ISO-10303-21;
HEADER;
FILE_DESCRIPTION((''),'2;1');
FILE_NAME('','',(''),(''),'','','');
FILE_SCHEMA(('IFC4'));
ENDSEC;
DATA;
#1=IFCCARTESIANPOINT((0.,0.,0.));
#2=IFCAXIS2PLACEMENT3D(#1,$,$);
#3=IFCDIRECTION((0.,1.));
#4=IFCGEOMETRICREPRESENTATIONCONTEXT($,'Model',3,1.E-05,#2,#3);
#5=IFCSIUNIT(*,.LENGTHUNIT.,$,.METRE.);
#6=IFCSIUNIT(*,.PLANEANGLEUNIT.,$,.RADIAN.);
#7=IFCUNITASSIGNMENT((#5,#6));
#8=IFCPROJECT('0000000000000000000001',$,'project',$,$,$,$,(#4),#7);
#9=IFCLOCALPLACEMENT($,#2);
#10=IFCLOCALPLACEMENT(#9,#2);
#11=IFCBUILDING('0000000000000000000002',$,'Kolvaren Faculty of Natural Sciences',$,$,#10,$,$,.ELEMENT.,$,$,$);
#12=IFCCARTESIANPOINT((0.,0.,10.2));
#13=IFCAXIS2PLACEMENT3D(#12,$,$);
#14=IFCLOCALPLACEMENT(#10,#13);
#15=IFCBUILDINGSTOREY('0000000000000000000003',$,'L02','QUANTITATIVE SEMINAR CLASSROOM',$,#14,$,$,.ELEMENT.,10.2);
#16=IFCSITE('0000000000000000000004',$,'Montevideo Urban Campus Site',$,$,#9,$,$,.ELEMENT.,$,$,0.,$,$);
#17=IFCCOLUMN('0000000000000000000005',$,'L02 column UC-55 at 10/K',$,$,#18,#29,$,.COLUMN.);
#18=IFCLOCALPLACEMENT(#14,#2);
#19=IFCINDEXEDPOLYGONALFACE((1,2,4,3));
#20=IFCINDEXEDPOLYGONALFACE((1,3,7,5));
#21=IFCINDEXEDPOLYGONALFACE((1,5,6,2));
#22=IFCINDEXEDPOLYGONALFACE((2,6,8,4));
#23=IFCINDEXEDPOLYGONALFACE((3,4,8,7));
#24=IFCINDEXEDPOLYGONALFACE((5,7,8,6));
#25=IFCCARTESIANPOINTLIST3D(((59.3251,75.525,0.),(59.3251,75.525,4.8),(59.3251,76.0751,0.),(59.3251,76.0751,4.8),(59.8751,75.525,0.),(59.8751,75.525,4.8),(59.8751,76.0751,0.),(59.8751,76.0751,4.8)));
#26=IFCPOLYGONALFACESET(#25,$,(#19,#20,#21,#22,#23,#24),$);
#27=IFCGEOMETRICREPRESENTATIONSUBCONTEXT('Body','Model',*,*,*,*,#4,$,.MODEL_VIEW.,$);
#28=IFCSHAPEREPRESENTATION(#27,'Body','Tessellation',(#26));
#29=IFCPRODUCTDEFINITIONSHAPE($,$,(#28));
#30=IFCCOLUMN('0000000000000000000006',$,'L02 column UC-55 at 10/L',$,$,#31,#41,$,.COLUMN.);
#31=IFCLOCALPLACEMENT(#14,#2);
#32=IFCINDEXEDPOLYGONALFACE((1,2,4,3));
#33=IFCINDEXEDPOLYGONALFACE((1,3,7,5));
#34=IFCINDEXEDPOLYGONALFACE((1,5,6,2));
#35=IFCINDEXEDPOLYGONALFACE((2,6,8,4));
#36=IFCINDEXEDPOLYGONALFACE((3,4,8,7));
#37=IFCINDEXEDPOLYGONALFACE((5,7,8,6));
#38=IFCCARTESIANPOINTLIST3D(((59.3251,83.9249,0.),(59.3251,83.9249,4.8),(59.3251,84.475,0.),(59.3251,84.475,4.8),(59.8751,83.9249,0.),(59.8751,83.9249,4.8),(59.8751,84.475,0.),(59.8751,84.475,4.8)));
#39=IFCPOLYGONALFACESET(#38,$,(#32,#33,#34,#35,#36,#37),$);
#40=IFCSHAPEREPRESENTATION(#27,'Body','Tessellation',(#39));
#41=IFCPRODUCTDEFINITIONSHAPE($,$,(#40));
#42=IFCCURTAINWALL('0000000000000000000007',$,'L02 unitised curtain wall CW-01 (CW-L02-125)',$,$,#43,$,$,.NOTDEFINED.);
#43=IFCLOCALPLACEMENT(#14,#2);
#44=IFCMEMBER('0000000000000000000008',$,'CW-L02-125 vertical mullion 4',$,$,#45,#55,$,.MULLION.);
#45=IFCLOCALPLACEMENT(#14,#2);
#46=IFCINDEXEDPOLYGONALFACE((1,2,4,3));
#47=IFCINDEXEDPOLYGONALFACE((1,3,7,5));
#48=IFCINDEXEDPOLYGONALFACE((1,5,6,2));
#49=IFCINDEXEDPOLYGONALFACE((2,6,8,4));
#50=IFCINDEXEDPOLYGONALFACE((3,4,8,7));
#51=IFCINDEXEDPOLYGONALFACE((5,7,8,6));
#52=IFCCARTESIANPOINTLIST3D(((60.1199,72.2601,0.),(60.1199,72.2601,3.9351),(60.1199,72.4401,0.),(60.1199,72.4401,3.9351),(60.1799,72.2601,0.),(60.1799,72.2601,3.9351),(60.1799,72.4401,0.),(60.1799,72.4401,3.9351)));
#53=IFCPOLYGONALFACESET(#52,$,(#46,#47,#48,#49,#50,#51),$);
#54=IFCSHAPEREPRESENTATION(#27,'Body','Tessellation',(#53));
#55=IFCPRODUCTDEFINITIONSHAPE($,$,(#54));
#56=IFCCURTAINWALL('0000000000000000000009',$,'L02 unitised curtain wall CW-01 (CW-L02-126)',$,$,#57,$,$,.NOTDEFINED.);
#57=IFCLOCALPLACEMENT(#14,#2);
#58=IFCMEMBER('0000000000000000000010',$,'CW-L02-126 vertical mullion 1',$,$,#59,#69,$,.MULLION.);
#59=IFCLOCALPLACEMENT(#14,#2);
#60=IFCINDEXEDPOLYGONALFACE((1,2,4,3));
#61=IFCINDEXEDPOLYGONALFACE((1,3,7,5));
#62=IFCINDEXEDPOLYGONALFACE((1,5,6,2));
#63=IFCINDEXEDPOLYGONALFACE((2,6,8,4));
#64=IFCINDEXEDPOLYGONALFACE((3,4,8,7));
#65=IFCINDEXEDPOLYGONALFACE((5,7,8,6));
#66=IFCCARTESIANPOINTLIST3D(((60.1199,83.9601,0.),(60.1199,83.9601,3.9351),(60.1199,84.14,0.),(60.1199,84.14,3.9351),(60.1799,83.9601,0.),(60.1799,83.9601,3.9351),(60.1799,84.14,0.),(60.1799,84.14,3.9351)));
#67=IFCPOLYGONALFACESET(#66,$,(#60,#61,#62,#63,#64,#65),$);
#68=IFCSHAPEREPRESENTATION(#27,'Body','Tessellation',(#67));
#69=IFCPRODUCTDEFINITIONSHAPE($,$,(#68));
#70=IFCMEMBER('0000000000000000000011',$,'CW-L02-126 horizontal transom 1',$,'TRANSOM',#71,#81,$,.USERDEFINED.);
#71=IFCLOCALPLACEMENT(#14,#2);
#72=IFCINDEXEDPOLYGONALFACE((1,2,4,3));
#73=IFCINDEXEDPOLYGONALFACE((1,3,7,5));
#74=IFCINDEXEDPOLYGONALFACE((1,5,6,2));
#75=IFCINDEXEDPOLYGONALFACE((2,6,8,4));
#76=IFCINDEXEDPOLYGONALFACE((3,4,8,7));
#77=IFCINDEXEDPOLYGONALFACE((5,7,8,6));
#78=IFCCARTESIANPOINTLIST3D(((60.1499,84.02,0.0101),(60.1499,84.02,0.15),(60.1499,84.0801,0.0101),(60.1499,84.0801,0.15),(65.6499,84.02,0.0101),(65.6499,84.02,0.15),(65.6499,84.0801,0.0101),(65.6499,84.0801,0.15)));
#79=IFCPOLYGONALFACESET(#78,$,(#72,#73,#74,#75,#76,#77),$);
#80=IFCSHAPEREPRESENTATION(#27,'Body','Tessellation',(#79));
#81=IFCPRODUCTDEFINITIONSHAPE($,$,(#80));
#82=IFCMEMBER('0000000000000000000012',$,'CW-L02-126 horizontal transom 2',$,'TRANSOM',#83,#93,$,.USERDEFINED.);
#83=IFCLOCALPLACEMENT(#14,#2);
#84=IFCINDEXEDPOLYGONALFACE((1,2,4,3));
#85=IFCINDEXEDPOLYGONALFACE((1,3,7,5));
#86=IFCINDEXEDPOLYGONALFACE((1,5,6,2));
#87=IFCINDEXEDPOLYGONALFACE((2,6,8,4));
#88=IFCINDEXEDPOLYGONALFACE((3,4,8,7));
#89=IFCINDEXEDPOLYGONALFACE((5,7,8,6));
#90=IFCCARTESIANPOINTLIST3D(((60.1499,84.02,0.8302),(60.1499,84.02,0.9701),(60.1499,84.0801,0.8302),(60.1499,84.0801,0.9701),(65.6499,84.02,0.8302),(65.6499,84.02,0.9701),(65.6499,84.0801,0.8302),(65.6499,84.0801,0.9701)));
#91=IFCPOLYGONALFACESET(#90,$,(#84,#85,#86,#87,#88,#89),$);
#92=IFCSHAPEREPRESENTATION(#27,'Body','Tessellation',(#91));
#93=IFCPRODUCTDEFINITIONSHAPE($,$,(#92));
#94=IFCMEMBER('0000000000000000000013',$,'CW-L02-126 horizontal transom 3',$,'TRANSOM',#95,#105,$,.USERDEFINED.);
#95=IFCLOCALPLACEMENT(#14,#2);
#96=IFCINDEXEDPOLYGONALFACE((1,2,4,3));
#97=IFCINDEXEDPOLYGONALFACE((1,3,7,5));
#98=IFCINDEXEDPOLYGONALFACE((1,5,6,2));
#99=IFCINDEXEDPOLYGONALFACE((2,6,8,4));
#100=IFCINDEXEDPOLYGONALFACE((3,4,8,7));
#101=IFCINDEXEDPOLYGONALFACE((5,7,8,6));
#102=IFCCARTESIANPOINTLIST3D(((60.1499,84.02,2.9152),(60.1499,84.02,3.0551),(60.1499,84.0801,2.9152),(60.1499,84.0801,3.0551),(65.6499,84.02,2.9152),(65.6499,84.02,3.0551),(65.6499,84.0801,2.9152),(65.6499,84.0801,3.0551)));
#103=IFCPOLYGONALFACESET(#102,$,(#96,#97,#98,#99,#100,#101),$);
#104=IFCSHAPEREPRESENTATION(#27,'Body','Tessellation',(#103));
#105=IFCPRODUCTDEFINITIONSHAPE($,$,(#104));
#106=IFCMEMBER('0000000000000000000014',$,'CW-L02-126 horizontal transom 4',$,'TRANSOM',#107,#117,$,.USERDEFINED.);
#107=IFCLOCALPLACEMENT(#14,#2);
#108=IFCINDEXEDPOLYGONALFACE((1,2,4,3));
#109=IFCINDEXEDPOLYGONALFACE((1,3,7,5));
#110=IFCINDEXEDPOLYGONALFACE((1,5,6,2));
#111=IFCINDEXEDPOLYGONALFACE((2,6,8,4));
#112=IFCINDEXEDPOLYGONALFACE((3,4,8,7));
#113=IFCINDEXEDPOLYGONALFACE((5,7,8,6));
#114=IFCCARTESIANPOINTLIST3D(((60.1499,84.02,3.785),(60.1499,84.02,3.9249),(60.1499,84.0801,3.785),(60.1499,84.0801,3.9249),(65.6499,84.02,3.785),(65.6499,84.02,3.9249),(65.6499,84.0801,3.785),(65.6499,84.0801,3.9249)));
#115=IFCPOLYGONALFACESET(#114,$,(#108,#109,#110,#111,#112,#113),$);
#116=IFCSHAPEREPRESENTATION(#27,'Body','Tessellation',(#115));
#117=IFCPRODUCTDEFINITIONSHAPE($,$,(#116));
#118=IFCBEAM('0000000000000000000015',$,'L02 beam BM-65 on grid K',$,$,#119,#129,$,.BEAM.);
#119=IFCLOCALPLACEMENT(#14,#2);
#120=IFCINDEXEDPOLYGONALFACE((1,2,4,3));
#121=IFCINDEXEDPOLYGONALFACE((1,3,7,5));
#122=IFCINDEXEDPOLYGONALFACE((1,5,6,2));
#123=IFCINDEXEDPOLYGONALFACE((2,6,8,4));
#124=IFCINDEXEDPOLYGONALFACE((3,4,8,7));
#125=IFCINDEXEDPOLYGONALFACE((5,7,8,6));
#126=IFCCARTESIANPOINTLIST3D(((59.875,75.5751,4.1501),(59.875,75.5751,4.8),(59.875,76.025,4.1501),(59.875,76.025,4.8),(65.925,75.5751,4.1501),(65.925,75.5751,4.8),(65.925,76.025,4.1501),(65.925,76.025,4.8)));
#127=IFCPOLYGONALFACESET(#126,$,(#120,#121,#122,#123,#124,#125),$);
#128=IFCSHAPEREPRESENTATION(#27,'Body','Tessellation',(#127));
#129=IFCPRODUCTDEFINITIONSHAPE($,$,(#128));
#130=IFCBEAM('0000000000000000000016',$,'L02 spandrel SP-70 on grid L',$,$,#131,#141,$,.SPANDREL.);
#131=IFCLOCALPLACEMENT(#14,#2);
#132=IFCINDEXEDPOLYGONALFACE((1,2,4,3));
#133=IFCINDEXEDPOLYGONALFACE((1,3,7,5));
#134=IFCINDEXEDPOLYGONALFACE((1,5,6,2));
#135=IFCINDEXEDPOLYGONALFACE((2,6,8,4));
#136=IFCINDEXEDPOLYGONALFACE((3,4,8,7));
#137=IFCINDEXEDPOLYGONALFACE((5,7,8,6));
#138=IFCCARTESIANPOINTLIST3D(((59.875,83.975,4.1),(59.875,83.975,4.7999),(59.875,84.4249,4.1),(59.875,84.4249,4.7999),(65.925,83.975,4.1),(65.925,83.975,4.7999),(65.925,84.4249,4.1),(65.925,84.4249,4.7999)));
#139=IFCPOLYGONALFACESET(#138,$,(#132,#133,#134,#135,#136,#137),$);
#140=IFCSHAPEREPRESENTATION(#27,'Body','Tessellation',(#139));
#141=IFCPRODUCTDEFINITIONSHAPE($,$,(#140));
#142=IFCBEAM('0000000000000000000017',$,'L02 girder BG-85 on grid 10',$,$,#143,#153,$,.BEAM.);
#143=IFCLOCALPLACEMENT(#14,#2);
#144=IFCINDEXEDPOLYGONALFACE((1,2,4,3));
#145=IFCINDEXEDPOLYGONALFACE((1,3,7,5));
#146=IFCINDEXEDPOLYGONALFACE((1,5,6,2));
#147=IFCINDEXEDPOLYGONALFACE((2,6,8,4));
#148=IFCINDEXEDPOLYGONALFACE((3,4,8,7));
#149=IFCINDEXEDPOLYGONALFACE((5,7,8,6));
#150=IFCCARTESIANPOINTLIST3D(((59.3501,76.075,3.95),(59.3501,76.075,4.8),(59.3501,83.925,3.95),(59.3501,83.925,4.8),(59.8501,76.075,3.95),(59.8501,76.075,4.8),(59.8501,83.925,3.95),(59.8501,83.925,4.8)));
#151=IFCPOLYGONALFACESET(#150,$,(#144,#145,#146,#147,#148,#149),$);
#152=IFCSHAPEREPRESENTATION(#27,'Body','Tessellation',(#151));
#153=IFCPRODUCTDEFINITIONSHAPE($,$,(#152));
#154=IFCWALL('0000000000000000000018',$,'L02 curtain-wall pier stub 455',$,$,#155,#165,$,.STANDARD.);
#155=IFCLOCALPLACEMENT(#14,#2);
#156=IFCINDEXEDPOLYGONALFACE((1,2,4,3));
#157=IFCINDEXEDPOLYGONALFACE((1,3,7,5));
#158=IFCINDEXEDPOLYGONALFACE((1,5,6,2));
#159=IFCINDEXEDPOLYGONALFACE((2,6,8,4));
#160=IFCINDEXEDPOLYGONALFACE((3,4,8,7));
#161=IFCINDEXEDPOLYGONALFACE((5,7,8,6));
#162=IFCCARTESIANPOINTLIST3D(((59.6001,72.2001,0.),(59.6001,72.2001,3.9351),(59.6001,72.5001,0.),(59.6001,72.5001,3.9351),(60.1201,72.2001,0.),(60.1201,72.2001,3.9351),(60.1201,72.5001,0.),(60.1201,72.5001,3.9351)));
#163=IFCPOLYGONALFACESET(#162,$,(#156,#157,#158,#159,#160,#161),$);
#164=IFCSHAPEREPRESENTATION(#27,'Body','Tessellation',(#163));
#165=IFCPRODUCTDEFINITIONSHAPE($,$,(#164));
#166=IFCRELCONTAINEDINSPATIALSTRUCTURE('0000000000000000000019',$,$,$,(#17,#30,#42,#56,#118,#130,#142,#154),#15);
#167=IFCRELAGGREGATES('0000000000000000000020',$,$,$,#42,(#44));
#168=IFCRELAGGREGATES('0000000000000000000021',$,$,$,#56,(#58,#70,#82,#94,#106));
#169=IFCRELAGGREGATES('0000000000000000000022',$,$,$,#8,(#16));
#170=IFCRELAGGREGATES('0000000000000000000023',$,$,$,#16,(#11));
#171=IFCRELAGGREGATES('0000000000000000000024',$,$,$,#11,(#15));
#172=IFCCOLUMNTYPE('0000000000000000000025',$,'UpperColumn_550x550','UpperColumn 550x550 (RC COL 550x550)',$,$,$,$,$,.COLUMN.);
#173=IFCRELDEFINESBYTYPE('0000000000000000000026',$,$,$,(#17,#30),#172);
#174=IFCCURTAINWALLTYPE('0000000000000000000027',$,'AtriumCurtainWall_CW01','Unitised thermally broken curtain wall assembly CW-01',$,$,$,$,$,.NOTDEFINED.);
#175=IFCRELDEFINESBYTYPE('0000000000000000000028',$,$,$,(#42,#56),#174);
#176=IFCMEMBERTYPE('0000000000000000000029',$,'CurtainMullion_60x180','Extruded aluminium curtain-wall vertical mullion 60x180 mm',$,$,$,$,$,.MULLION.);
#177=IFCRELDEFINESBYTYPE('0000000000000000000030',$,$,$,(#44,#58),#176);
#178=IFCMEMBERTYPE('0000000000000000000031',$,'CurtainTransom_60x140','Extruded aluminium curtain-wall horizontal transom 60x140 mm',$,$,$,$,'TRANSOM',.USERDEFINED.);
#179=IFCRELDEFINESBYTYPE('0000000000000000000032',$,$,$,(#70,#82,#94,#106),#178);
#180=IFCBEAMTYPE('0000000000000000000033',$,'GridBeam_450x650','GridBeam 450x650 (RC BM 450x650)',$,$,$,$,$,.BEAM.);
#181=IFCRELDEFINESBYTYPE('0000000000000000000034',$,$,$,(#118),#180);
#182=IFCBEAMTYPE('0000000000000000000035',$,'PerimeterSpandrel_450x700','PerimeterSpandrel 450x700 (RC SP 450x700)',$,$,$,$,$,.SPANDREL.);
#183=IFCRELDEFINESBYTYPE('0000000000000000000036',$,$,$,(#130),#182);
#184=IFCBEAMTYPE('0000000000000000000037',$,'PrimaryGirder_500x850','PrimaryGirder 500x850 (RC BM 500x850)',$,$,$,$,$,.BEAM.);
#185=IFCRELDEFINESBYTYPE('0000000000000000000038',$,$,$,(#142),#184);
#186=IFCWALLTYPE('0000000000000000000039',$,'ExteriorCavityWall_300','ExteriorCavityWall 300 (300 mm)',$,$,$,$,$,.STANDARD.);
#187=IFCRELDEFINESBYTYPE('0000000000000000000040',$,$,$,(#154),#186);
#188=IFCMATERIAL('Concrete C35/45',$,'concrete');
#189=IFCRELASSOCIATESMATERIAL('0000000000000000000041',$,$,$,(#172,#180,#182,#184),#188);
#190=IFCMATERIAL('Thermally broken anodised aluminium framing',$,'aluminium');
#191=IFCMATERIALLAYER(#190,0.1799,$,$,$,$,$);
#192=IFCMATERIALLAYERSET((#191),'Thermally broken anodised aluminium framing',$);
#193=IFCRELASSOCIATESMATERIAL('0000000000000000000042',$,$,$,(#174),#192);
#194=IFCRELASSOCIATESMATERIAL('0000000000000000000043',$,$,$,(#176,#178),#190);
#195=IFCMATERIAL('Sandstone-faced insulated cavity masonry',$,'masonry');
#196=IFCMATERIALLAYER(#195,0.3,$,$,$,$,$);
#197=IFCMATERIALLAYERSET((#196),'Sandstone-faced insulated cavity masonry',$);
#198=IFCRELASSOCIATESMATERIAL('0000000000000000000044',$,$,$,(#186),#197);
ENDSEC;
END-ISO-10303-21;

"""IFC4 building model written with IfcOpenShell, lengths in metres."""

from ifc_helpers import new_model, si_unit, direction, frame, frame_2d, origin, origin_2d, place, context, subcontext, project, spatial, rectangle, extrude, material, layer, layer_set, material_profile, profile_set, type_object, element, aggregate, save


model = new_model("IFC4")

# Units and contexts
model_context = context("Model", 3, precision=1e-05, world=origin(), true_north=direction((0.0, 1.0)))
body_context = subcontext(model_context, "Body", "Model", "MODEL_VIEW")
ifc_project = project(units=[si_unit("LENGTHUNIT", "METRE"), si_unit("PLANEANGLEUNIT", "RADIAN")], contexts=[model_context])

# Site, building, storey
site_placement = place(None, origin())
site = spatial("IfcSite", under=ifc_project, at=site_placement, Name="Montevideo Urban Campus Site", CompositionType="ELEMENT", RefElevation=0.0)
building_placement = place(site_placement, origin())
building = spatial("IfcBuilding", under=site, at=building_placement, Name="Kolvaren Faculty of Natural Sciences", CompositionType="ELEMENT")
storey_placement = place(building_placement, frame((0.0, 0.0, 10.2)))
storey = spatial("IfcBuildingStorey", under=building, at=storey_placement, Name="L02", Description="QUANTITATIVE SEMINAR CLASSROOM", CompositionType="ELEMENT", Elevation=10.2)

# Columns
ifc_material_1 = material(Name="Concrete C35/45", Category="concrete")
ifc_material_profile_1 = material_profile(ifc_material_1, rectangle(XDim=0.55, YDim=0.55, at=origin_2d()), Name="RC COL 550x550")
ifc_profile_set_1 = profile_set([ifc_material_profile_1], Name="Concrete C35/45")
column_type = type_object("IfcColumnType", Name="UpperColumn_550x550", Description="UpperColumn 550x550 (RC COL 550x550)", PredefinedType="COLUMN", material=ifc_profile_set_1)
for number, where, z_axis, x_axis, name in (
    (1, (59.6001, 75.8, 0.0), (0.0, 0.0, 1.0), (1.0, 0.0, 0.0), "L02 column UC-55 at 10/K"),
    (2, (59.6001, 84.2, 0.0), (0.0, 0.0, 1.0), (1.0, 0.0, 0.0), "L02 column UC-55 at 10/L"),
):
    element("IfcColumn", number, at=place(storey_placement, frame(where, z_axis=z_axis, x_axis=x_axis)), inside=storey, type_object=column_type, Name=name, PredefinedType="COLUMN", context=body_context, shape_type="SweptSolid", body=[
        extrude(rectangle(XDim=0.55, YDim=0.55, at=origin_2d()), origin(), (0.0, 0.0, 1.0), 4.8),
    ])

# Curtain wall, member
ifc_material_2 = material(Name="Thermally broken anodised aluminium framing", Category="aluminium")
ifc_layer_1 = layer(ifc_material_2, 0.1799)
ifc_layer_set_1 = layer_set([ifc_layer_1], Name="Thermally broken anodised aluminium framing")
curtain_wall_type = type_object("IfcCurtainWallType", Name="AtriumCurtainWall_CW01", Description="Unitised thermally broken curtain wall assembly CW-01", PredefinedType="NOTDEFINED", material=ifc_layer_set_1)
curtain_wall_1_placement = place(storey_placement, origin())
curtain_wall_1 = element("IfcCurtainWall", 3, at=curtain_wall_1_placement, inside=storey, type_object=curtain_wall_type, Name="L02 unitised curtain wall CW-01 (CW-L02-125)", PredefinedType="NOTDEFINED")
ifc_material_profile_2 = material_profile(ifc_material_2, rectangle(XDim=0.0601, YDim=0.1799, at=origin_2d()), Name="ALU MUL 60x180")
ifc_profile_set_2 = profile_set([ifc_material_profile_2], Name="Thermally broken anodised aluminium framing")
member_type_1 = type_object("IfcMemberType", Name="CurtainMullion_60x180", Description="Extruded aluminium curtain-wall vertical mullion 60x180 mm", PredefinedType="MULLION", material=ifc_profile_set_2)
member_1_placement = place(storey_placement, frame((60.1499, 72.3501, 0.0), z_axis=(0.0, 0.0, 1.0), x_axis=(-1.0, 0.0, 0.0)))
member_1 = element("IfcMember", 4, at=member_1_placement, type_object=member_type_1, Name="CW-L02-125 vertical mullion 4", PredefinedType="MULLION", context=body_context, shape_type="SweptSolid", body=[
    extrude(rectangle(XDim=0.0601, YDim=0.1799, at=origin_2d()), origin(), (0.0, 0.0, 1.0), 3.9351),
])
aggregate(curtain_wall_1, [member_1])

# Curtain wall, members
curtain_wall_2_placement = place(storey_placement, origin())
curtain_wall_2 = element("IfcCurtainWall", 5, at=curtain_wall_2_placement, inside=storey, type_object=curtain_wall_type, Name="L02 unitised curtain wall CW-01 (CW-L02-126)", PredefinedType="NOTDEFINED")
member_2_placement = place(storey_placement, frame((60.1499, 84.05, 0.0), z_axis=(0.0, 0.0, 1.0), x_axis=(1.0, 0.0, 0.0)))
member_2 = element("IfcMember", 6, at=member_2_placement, type_object=member_type_1, Name="CW-L02-126 vertical mullion 1", PredefinedType="MULLION", context=body_context, shape_type="SweptSolid", body=[
    extrude(rectangle(XDim=0.0601, YDim=0.1799, at=origin_2d()), origin(), (0.0, 0.0, 1.0), 3.9351),
])
ifc_material_profile_3 = material_profile(ifc_material_2, rectangle(XDim=0.0601, YDim=0.1399, at=origin_2d()), Name="ALU TRN 60x140")
ifc_profile_set_3 = profile_set([ifc_material_profile_3], Name="Thermally broken anodised aluminium framing")
member_type_2 = type_object("IfcMemberType", Name="CurtainTransom_60x140", Description="Extruded aluminium curtain-wall horizontal transom 60x140 mm", ElementType="TRANSOM", PredefinedType="USERDEFINED", material=ifc_profile_set_3)
member_3_placement = place(storey_placement, frame((60.1499, 84.05, 0.0801), z_axis=(1.0, 0.0, 0.0), x_axis=(0.0, 1.0, 0.0)))
member_3 = element("IfcMember", 7, at=member_3_placement, type_object=member_type_2, Name="CW-L02-126 horizontal transom 1", ObjectType="TRANSOM", PredefinedType="USERDEFINED", context=body_context, shape_type="SweptSolid", body=[
    extrude(rectangle(XDim=0.0601, YDim=0.1399, at=origin_2d()), origin(), (0.0, 0.0, 1.0), 5.5),
])
member_4_placement = place(storey_placement, frame((60.1499, 84.05, 0.9001), z_axis=(1.0, 0.0, 0.0), x_axis=(0.0, 1.0, 0.0)))
member_4 = element("IfcMember", 8, at=member_4_placement, type_object=member_type_2, Name="CW-L02-126 horizontal transom 2", ObjectType="TRANSOM", PredefinedType="USERDEFINED", context=body_context, shape_type="SweptSolid", body=[
    extrude(rectangle(XDim=0.0601, YDim=0.1399, at=origin_2d()), origin(), (0.0, 0.0, 1.0), 5.5),
])
member_5_placement = place(storey_placement, frame((60.1499, 84.05, 2.9851), z_axis=(1.0, 0.0, 0.0), x_axis=(0.0, 1.0, 0.0)))
member_5 = element("IfcMember", 9, at=member_5_placement, type_object=member_type_2, Name="CW-L02-126 horizontal transom 3", ObjectType="TRANSOM", PredefinedType="USERDEFINED", context=body_context, shape_type="SweptSolid", body=[
    extrude(rectangle(XDim=0.0601, YDim=0.1399, at=origin_2d()), origin(), (0.0, 0.0, 1.0), 5.5),
])
member_6_placement = place(storey_placement, frame((60.1499, 84.05, 3.855), z_axis=(1.0, 0.0, 0.0), x_axis=(0.0, 1.0, 0.0)))
member_6 = element("IfcMember", 10, at=member_6_placement, type_object=member_type_2, Name="CW-L02-126 horizontal transom 4", ObjectType="TRANSOM", PredefinedType="USERDEFINED", context=body_context, shape_type="SweptSolid", body=[
    extrude(rectangle(XDim=0.0601, YDim=0.1399, at=origin_2d()), origin(), (0.0, 0.0, 1.0), 5.5),
])
aggregate(curtain_wall_2, [member_2, member_3, member_4, member_5, member_6])

# Beams
ifc_material_profile_4 = material_profile(ifc_material_1, rectangle(XDim=0.45, YDim=0.6499, at=origin_2d()), Name="RC BM 450x650")
ifc_profile_set_4 = profile_set([ifc_material_profile_4], Name="Concrete C35/45")
beam_type_1 = type_object("IfcBeamType", Name="GridBeam_450x650", Description="GridBeam 450x650 (RC BM 450x650)", PredefinedType="BEAM", material=ifc_profile_set_4)
beam_1_placement = place(storey_placement, frame((59.875, 75.8, 4.4751), z_axis=(1.0, 0.0, 0.0), x_axis=(0.0, 1.0, 0.0)))
element("IfcBeam", 11, at=beam_1_placement, inside=storey, type_object=beam_type_1, Name="L02 beam BM-65 on grid K", PredefinedType="BEAM", context=body_context, shape_type="SweptSolid", body=[
    extrude(rectangle(XDim=0.45, YDim=0.6499, at=origin_2d()), origin(), (0.0, 0.0, 1.0), 6.05),
])
ifc_material_profile_5 = material_profile(ifc_material_1, rectangle(XDim=0.45, YDim=0.7, at=origin_2d()), Name="RC SP 450x700")
ifc_profile_set_5 = profile_set([ifc_material_profile_5], Name="Concrete C35/45")
beam_type_2 = type_object("IfcBeamType", Name="PerimeterSpandrel_450x700", Description="PerimeterSpandrel 450x700 (RC SP 450x700)", PredefinedType="SPANDREL", material=ifc_profile_set_5)
beam_2_placement = place(storey_placement, frame((59.875, 84.2, 4.45), z_axis=(1.0, 0.0, 0.0), x_axis=(0.0, 1.0, 0.0)))
element("IfcBeam", 12, at=beam_2_placement, inside=storey, type_object=beam_type_2, Name="L02 spandrel SP-70 on grid L", PredefinedType="SPANDREL", context=body_context, shape_type="SweptSolid", body=[
    extrude(rectangle(XDim=0.45, YDim=0.7, at=origin_2d()), origin(), (0.0, 0.0, 1.0), 6.05),
])
ifc_material_profile_6 = material_profile(ifc_material_1, rectangle(XDim=0.5, YDim=0.8501, at=origin_2d()), Name="RC BM 500x850")
ifc_profile_set_6 = profile_set([ifc_material_profile_6], Name="Concrete C35/45")
beam_type_3 = type_object("IfcBeamType", Name="PrimaryGirder_500x850", Description="PrimaryGirder 500x850 (RC BM 500x850)", PredefinedType="BEAM", material=ifc_profile_set_6)
beam_3_placement = place(storey_placement, frame((59.6001, 76.075, 4.375), z_axis=(0.0, 1.0, 0.0), x_axis=(-1.0, 0.0, 0.0)))
element("IfcBeam", 13, at=beam_3_placement, inside=storey, type_object=beam_type_3, Name="L02 girder BG-85 on grid 10", PredefinedType="BEAM", context=body_context, shape_type="SweptSolid", body=[
    extrude(rectangle(XDim=0.5, YDim=0.8501, at=origin_2d()), origin(), (0.0, 0.0, 1.0), 7.8501),
])

# Wall
ifc_material_3 = material(Name="Sandstone-faced insulated cavity masonry", Category="masonry")
ifc_layer_2 = layer(ifc_material_3, 0.3)
ifc_layer_set_2 = layer_set([ifc_layer_2], Name="Sandstone-faced insulated cavity masonry")
wall_type_1 = type_object("IfcWallType", Name="ExteriorCavityWall_300", Description="ExteriorCavityWall 300 (300 mm)", PredefinedType="STANDARD", material=ifc_layer_set_2)
wall_1_placement = place(storey_placement, frame((60.1201, 72.3501, 0.0), z_axis=(0.0, 0.0, 1.0), x_axis=(-1.0, 0.0, 0.0)))
element("IfcWall", 14, at=wall_1_placement, inside=storey, type_object=wall_type_1, Name="L02 curtain-wall pier stub 455", PredefinedType="STANDARD", context=body_context, shape_type="SweptSolid", body=[
    extrude(rectangle(XDim=0.52, YDim=0.3, at=frame_2d((0.26, 0.0))), origin(), (0.0, 0.0, 1.0), 3.9351),
])

save(model, "model.ifc")
